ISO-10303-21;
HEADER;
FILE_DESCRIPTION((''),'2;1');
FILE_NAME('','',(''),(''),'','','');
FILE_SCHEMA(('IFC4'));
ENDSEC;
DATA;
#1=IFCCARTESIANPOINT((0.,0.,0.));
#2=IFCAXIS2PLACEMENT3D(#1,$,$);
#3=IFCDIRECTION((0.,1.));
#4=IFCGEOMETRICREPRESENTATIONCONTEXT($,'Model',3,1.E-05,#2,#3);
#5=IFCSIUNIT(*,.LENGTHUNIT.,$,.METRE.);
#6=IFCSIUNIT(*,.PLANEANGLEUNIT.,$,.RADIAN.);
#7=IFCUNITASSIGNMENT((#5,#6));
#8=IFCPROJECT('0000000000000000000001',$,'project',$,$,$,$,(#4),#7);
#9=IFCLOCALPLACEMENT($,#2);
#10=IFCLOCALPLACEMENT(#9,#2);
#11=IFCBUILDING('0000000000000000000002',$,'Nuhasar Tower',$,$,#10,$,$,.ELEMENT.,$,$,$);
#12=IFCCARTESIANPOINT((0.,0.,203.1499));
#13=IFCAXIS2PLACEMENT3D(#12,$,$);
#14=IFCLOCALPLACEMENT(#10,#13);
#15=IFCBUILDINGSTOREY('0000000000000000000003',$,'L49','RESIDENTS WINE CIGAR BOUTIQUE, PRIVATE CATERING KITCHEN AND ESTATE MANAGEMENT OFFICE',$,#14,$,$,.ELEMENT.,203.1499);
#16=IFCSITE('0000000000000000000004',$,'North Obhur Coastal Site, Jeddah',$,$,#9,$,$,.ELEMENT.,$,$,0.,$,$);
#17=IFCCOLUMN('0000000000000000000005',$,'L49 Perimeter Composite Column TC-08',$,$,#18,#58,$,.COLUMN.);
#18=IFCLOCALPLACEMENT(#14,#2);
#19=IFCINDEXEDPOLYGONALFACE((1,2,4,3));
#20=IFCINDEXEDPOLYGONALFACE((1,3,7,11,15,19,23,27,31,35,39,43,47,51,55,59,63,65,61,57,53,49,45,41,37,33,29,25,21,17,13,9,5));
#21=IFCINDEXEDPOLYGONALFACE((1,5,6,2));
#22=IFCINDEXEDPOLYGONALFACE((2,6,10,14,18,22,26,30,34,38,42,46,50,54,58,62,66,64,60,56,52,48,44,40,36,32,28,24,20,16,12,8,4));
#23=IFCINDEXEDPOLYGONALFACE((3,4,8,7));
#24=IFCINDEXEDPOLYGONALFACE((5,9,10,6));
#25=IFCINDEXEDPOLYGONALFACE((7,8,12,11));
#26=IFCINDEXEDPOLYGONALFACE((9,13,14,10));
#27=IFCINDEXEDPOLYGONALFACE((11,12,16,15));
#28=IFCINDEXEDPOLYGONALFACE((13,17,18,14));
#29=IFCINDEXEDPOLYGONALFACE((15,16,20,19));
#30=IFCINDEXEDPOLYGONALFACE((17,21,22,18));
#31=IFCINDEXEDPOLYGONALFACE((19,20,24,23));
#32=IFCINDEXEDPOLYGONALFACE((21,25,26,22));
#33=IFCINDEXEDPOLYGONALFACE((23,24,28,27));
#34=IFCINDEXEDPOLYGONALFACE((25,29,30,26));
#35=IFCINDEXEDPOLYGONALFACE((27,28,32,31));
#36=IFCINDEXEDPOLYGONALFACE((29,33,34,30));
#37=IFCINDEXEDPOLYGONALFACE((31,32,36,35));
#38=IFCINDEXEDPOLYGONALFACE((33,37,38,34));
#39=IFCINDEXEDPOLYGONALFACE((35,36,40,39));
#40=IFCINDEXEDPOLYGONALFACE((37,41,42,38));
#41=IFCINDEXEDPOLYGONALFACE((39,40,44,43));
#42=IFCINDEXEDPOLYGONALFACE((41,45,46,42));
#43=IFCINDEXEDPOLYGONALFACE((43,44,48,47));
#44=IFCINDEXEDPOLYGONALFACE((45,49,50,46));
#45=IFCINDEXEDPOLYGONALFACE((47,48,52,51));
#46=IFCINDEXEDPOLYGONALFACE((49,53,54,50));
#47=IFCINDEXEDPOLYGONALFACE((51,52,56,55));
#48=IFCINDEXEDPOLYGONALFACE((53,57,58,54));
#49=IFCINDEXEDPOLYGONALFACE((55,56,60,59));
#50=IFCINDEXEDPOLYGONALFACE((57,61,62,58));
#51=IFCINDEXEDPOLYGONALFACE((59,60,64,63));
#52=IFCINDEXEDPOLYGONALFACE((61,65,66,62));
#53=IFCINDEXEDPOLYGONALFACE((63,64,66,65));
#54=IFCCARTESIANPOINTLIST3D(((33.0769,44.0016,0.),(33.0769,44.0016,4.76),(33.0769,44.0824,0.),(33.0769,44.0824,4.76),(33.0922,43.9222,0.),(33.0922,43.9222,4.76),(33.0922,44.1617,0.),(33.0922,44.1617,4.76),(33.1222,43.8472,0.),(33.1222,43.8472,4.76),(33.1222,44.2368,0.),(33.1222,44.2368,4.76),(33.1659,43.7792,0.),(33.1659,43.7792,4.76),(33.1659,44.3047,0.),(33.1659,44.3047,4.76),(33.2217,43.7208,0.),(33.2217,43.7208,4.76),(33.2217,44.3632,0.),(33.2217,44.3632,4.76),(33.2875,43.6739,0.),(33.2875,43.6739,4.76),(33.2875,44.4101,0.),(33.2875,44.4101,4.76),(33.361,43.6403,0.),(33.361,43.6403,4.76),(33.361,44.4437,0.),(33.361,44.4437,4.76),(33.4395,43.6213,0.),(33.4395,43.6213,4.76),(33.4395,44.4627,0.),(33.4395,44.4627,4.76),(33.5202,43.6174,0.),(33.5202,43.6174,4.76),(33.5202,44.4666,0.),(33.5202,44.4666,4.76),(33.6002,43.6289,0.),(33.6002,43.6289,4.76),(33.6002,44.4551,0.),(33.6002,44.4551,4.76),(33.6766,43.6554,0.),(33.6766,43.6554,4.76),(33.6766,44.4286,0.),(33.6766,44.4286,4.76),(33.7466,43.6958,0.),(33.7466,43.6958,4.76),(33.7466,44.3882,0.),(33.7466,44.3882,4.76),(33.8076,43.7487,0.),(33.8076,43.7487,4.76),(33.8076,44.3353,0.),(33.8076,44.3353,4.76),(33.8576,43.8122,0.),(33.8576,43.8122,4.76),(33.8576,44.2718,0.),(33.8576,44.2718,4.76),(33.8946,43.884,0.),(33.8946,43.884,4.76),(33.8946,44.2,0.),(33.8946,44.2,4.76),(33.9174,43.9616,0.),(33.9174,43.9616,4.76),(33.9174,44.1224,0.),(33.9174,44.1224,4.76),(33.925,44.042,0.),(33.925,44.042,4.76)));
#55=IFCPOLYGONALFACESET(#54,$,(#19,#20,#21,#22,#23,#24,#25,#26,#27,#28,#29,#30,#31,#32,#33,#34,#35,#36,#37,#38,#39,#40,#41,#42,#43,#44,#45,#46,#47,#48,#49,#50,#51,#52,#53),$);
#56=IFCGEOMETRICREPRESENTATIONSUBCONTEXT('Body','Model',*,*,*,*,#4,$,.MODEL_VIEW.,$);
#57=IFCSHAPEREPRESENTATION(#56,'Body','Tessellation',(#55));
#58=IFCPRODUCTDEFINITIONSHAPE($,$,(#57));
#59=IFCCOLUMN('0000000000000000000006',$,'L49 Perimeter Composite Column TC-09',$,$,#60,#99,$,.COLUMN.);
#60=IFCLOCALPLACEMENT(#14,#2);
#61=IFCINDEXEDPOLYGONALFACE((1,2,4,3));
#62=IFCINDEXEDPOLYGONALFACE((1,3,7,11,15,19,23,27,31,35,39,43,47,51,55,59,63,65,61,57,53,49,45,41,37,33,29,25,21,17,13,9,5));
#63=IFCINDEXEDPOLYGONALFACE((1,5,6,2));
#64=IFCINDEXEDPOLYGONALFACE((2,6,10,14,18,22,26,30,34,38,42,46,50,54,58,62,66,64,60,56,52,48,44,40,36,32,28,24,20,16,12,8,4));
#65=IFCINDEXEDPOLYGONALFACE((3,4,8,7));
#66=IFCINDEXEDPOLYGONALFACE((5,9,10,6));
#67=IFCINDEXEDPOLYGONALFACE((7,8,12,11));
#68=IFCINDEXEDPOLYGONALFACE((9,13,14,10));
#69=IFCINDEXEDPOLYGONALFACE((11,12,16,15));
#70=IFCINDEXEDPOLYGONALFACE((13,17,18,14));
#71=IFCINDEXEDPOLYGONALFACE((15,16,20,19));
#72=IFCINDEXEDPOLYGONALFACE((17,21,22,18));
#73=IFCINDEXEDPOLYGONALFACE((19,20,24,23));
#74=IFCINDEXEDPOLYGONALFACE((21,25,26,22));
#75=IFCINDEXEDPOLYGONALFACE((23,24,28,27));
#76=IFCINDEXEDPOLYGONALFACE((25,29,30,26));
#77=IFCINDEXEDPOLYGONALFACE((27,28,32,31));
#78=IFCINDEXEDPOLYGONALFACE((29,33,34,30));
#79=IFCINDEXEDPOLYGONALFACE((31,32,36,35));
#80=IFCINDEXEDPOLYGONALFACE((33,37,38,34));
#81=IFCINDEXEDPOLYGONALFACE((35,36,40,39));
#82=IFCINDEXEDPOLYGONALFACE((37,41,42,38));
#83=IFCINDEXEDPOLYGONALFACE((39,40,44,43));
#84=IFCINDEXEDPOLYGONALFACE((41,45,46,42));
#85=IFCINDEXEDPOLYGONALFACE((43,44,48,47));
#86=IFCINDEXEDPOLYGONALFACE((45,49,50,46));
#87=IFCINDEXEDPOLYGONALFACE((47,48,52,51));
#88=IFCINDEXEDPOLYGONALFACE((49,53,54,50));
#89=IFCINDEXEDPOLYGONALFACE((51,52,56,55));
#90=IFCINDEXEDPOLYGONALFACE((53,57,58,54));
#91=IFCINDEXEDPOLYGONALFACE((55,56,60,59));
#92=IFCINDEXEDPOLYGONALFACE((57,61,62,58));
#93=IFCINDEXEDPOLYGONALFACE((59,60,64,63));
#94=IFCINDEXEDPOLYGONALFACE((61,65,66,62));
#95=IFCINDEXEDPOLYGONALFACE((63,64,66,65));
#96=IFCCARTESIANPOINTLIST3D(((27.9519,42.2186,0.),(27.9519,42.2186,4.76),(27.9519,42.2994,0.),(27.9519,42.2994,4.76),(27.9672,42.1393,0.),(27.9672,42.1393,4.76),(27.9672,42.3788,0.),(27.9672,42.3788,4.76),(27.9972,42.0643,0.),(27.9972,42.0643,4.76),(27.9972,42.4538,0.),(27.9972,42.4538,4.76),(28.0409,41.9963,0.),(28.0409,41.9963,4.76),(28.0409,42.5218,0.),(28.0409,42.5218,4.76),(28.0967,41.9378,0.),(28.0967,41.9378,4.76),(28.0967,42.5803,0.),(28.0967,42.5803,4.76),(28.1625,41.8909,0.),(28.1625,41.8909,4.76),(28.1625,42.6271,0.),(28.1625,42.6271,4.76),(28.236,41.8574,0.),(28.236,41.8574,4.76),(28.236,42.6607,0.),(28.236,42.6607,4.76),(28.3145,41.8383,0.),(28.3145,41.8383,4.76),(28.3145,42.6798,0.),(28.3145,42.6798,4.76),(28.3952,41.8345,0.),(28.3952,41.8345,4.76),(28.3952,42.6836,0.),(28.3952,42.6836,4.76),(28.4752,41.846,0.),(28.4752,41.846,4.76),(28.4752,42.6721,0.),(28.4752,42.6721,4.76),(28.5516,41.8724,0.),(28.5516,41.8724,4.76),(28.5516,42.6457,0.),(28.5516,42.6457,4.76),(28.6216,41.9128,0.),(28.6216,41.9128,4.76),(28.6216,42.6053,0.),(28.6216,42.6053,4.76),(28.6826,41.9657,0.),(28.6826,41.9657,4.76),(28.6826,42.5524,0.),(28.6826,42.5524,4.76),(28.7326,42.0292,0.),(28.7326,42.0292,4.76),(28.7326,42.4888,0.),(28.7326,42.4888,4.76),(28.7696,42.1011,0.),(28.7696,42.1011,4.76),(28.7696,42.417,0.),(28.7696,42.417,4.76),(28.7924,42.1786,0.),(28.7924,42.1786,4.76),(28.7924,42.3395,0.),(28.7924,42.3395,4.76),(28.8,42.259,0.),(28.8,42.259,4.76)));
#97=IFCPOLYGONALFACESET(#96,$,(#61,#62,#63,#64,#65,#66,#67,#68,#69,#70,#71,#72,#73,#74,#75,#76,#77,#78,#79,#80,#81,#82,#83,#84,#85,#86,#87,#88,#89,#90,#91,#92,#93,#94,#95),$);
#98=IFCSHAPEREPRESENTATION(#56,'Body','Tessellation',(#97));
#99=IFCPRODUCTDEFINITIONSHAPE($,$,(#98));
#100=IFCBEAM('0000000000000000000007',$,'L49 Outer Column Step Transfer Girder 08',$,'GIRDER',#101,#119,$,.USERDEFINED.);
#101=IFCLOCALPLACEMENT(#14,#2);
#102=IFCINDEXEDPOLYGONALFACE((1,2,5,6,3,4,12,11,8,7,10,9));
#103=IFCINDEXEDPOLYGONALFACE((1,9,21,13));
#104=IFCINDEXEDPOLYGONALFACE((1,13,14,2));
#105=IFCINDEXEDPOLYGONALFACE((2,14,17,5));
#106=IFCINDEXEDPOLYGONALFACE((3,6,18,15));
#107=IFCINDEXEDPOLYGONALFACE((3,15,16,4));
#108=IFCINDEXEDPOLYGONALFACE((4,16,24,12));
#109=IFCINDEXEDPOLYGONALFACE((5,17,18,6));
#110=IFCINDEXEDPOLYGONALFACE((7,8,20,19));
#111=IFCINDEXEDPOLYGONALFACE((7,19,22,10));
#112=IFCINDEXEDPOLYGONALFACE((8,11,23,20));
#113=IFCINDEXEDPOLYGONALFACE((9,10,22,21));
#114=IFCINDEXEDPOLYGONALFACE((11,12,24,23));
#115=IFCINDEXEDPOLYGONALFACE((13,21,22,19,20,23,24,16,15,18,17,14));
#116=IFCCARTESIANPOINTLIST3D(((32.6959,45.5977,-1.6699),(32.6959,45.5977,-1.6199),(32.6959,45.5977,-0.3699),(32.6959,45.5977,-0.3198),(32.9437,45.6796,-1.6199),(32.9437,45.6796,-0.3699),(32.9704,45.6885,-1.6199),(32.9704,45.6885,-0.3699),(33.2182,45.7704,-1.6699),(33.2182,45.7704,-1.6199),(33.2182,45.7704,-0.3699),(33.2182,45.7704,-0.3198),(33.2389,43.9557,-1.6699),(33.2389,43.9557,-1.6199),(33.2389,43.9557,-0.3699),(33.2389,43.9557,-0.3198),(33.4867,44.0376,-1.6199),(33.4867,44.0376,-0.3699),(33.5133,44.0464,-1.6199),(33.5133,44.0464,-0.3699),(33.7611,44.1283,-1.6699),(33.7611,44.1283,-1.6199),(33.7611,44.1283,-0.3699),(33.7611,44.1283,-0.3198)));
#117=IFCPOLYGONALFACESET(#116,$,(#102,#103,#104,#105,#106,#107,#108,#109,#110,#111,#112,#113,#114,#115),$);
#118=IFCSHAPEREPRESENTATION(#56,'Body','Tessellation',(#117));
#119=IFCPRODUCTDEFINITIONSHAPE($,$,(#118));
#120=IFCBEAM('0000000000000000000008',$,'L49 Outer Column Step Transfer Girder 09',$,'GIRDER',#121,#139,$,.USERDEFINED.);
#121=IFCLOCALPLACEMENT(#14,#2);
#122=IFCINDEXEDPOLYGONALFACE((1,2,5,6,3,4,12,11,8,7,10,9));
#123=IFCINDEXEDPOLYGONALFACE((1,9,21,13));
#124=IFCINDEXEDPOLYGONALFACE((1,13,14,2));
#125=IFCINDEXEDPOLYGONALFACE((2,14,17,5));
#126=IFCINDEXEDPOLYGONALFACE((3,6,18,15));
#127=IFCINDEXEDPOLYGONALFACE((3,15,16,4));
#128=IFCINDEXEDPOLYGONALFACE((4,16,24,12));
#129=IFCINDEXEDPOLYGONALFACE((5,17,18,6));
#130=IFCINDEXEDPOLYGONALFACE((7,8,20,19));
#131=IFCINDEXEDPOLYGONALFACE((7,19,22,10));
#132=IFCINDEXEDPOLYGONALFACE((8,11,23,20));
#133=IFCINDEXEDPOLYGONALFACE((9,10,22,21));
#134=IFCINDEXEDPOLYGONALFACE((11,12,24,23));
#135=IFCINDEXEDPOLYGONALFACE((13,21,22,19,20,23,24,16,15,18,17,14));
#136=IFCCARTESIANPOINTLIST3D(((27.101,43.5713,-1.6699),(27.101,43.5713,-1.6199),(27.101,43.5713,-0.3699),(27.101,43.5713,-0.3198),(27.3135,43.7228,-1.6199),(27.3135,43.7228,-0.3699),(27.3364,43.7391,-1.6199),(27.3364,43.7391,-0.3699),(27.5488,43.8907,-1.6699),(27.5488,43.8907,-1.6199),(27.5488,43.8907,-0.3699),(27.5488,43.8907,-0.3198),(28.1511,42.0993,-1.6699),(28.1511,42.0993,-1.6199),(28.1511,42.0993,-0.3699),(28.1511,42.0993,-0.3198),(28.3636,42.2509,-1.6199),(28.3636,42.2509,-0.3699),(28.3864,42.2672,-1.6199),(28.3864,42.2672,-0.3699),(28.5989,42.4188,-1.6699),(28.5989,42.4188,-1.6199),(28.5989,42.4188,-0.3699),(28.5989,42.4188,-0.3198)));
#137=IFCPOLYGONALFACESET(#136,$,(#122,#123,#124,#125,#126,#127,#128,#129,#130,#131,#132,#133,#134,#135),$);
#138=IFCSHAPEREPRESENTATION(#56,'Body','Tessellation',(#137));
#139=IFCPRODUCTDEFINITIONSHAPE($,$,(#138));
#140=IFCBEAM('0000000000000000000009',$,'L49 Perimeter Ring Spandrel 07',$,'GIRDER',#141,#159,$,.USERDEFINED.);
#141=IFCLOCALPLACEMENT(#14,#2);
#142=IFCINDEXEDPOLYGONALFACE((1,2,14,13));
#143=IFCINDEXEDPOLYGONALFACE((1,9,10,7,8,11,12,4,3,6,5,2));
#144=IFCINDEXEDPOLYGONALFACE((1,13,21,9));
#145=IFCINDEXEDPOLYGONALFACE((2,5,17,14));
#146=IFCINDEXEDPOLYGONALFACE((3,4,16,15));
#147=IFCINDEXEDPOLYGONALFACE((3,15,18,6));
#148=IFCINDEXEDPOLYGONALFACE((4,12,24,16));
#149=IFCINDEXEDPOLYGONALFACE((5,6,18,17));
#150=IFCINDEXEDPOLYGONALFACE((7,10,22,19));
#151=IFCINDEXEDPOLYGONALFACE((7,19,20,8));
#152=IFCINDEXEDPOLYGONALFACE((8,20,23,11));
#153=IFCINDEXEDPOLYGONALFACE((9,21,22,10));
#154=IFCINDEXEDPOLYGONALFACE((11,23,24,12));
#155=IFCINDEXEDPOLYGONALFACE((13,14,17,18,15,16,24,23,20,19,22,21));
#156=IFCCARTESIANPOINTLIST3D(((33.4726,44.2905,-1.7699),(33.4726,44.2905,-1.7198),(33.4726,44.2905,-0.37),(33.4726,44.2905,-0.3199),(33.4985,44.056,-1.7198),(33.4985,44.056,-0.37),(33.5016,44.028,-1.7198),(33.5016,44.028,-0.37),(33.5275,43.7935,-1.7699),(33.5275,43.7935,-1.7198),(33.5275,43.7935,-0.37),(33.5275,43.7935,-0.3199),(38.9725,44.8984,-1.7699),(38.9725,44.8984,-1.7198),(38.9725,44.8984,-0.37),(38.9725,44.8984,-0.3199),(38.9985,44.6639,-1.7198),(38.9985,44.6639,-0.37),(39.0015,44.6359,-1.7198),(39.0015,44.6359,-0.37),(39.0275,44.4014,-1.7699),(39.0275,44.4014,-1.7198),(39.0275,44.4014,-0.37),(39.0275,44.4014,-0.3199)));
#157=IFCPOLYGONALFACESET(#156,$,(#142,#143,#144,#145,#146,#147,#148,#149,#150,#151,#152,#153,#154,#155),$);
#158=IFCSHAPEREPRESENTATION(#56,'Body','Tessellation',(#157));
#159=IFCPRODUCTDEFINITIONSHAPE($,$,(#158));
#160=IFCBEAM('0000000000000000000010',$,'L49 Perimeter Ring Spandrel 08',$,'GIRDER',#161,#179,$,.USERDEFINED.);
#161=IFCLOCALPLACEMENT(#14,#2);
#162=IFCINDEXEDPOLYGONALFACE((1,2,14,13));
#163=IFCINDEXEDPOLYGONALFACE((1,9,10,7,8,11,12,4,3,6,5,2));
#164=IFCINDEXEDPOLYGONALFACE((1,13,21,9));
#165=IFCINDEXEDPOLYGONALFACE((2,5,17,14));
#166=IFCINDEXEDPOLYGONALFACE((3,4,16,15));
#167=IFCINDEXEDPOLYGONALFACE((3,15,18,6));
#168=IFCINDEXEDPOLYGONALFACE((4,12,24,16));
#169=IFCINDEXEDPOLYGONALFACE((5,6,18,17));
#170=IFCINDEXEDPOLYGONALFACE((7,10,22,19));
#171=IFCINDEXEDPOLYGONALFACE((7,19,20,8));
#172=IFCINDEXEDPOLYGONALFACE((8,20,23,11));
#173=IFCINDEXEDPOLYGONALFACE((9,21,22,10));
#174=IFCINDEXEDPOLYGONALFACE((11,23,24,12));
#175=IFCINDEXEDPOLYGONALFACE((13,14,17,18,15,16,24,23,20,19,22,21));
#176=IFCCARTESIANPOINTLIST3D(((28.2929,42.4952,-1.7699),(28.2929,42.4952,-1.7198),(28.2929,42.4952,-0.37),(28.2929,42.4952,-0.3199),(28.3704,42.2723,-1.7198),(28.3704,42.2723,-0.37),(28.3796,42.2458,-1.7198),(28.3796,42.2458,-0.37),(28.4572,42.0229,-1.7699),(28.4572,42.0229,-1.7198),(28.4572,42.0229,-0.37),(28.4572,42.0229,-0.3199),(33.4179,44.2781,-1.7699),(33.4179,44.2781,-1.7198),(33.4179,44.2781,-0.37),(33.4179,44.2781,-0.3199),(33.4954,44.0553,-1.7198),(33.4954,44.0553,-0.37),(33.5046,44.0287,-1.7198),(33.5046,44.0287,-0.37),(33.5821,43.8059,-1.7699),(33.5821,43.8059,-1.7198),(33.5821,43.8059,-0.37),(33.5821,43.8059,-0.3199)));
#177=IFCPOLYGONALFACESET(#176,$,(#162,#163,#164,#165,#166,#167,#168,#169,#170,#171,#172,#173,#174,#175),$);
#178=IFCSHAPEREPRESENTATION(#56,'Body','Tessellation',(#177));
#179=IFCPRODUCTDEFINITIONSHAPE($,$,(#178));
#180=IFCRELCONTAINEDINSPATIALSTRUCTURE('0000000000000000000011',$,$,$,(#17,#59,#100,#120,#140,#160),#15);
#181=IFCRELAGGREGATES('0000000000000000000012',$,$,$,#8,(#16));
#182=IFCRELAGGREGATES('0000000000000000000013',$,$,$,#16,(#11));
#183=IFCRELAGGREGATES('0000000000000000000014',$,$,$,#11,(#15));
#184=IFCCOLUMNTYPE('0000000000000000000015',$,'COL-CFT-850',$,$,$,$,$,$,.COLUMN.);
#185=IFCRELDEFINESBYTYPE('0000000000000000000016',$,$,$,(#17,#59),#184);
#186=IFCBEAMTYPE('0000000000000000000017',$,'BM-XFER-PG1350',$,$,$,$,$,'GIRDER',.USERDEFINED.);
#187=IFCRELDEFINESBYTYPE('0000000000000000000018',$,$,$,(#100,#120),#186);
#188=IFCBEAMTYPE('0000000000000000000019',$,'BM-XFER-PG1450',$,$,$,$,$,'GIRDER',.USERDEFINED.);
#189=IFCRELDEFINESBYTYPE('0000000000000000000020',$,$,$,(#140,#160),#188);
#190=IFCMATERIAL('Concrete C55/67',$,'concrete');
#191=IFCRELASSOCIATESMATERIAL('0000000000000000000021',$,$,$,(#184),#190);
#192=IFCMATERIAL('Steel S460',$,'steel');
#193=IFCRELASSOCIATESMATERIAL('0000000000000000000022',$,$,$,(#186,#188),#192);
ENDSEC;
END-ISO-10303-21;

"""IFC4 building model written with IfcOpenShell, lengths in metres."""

from ifc_helpers import new_model, si_unit, direction, frame, origin, origin_2d, place, context, subcontext, project, spatial, circle, i_section, extrude, material, material_profile, profile_set, type_object, element, save


model = new_model("IFC4")

# Units and contexts
model_context = context("Model", 3, precision=1e-05, world=origin(), true_north=direction((0.0, 1.0)))
body_context = subcontext(model_context, "Body", "Model", "MODEL_VIEW")
ifc_project = project(units=[si_unit("LENGTHUNIT", "METRE"), si_unit("PLANEANGLEUNIT", "RADIAN")], contexts=[model_context])

# Site, building, storey
site_placement = place(None, origin())
site = spatial("IfcSite", under=ifc_project, at=site_placement, Name="North Obhur Coastal Site, Jeddah", CompositionType="ELEMENT", RefElevation=0.0)
building_placement = place(site_placement, origin())
building = spatial("IfcBuilding", under=site, at=building_placement, Name="Nuhasar Tower", CompositionType="ELEMENT")
storey_placement = place(building_placement, frame((0.0, 0.0, 203.1499)))
storey = spatial("IfcBuildingStorey", under=building, at=storey_placement, Name="L49", Description="RESIDENTS WINE CIGAR BOUTIQUE, PRIVATE CATERING KITCHEN AND ESTATE MANAGEMENT OFFICE", CompositionType="ELEMENT", Elevation=203.1499)

# Columns
ifc_material_1 = material(Name="Concrete C55/67", Category="concrete")
ifc_material_profile_1 = material_profile(ifc_material_1, circle(Radius=0.425, at=origin_2d()), Name="CFT850")
ifc_profile_set_1 = profile_set([ifc_material_profile_1], Name="Concrete C55/67")
column_type = type_object("IfcColumnType", Name="COL-CFT-850", PredefinedType="COLUMN", material=ifc_profile_set_1)
for number, where, z_axis, x_axis, name in (
    (1, (33.5, 44.042, 0.0), (0.0, 0.0, 1.0), (1.0, 0.0, 0.0), "L49 Perimeter Composite Column TC-08"),
    (2, (28.375, 42.259, 0.0), (0.0, 0.0, 1.0), (1.0, 0.0, 0.0), "L49 Perimeter Composite Column TC-09"),
):
    element("IfcColumn", number, at=place(storey_placement, frame(where, z_axis=z_axis, x_axis=x_axis)), inside=storey, type_object=column_type, Name=name, PredefinedType="COLUMN", context=body_context, shape_type="SweptSolid", body=[
        extrude(circle(Radius=0.425, at=origin_2d()), origin(), (0.0, 0.0, 1.0), 4.76),
    ])

# Beams
ifc_material_2 = material(Name="Steel S460", Category="steel")
ifc_material_profile_2 = material_profile(ifc_material_2, i_section(OverallWidth=0.55, OverallDepth=1.3501, WebThickness=0.0281, FlangeThickness=0.05, at=origin_2d()), Name="PG1350X550")
ifc_profile_set_2 = profile_set([ifc_material_profile_2], Name="Steel S460")
beam_type_1 = type_object("IfcBeamType", Name="BM-XFER-PG1350", ElementType="GIRDER", PredefinedType="USERDEFINED", material=ifc_profile_set_2)
beam_1_placement = place(storey_placement, frame((33.5, 44.042, -0.9949), z_axis=(-0.31394, 0.949443, 0.0), x_axis=(-0.949443, -0.31394, 0.0)))
element("IfcBeam", 3, at=beam_1_placement, inside=storey, type_object=beam_type_1, Name="L49 Outer Column Step Transfer Girder 08", ObjectType="GIRDER", PredefinedType="USERDEFINED", context=body_context, shape_type="SweptSolid", body=[
    extrude(i_section(OverallWidth=0.55, OverallDepth=1.3501, WebThickness=0.0281, FlangeThickness=0.05, at=origin_2d()), origin(), (0.0, 0.0, 1.0), 1.7295),
])
beam_2_placement = place(storey_placement, frame((28.375, 42.259, -0.9949), z_axis=(-0.580753, 0.81408, 0.0), x_axis=(-0.81408, -0.580753, 0.0)))
element("IfcBeam", 4, at=beam_2_placement, inside=storey, type_object=beam_type_1, Name="L49 Outer Column Step Transfer Girder 09", ObjectType="GIRDER", PredefinedType="USERDEFINED", context=body_context, shape_type="SweptSolid", body=[
    extrude(i_section(OverallWidth=0.55, OverallDepth=1.3501, WebThickness=0.0281, FlangeThickness=0.05, at=origin_2d()), origin(), (0.0, 0.0, 1.0), 1.8081),
])
ifc_material_profile_3 = material_profile(ifc_material_2, i_section(OverallWidth=0.5, OverallDepth=1.45, WebThickness=0.0281, FlangeThickness=0.05, at=origin_2d()), Name="PG1450X500")
ifc_profile_set_3 = profile_set([ifc_material_profile_3], Name="Steel S460")
beam_type_2 = type_object("IfcBeamType", Name="BM-XFER-PG1450", ElementType="GIRDER", PredefinedType="USERDEFINED", material=ifc_profile_set_3)
beam_3_placement = place(storey_placement, frame((39.0, 44.6499, -1.0449), z_axis=(-0.993947, -0.10986, 0.0), x_axis=(0.10986, -0.993947, 0.0)))
element("IfcBeam", 5, at=beam_3_placement, inside=storey, type_object=beam_type_2, Name="L49 Perimeter Ring Spandrel 07", ObjectType="GIRDER", PredefinedType="USERDEFINED", context=body_context, shape_type="SweptSolid", body=[
    extrude(i_section(OverallWidth=0.5, OverallDepth=1.45, WebThickness=0.0281, FlangeThickness=0.05, at=origin_2d()), origin(), (0.0, 0.0, 1.0), 5.5334),
])
beam_4_placement = place(storey_placement, frame((33.5, 44.042, -1.0449), z_axis=(-0.944477, -0.328578, 0.0), x_axis=(0.328578, -0.944477, 0.0)))
element("IfcBeam", 6, at=beam_4_placement, inside=storey, type_object=beam_type_2, Name="L49 Perimeter Ring Spandrel 08", ObjectType="GIRDER", PredefinedType="USERDEFINED", context=body_context, shape_type="SweptSolid", body=[
    extrude(i_section(OverallWidth=0.5, OverallDepth=1.45, WebThickness=0.0281, FlangeThickness=0.05, at=origin_2d()), origin(), (0.0, 0.0, 1.0), 5.4263),
])

save(model, "model.ifc")
